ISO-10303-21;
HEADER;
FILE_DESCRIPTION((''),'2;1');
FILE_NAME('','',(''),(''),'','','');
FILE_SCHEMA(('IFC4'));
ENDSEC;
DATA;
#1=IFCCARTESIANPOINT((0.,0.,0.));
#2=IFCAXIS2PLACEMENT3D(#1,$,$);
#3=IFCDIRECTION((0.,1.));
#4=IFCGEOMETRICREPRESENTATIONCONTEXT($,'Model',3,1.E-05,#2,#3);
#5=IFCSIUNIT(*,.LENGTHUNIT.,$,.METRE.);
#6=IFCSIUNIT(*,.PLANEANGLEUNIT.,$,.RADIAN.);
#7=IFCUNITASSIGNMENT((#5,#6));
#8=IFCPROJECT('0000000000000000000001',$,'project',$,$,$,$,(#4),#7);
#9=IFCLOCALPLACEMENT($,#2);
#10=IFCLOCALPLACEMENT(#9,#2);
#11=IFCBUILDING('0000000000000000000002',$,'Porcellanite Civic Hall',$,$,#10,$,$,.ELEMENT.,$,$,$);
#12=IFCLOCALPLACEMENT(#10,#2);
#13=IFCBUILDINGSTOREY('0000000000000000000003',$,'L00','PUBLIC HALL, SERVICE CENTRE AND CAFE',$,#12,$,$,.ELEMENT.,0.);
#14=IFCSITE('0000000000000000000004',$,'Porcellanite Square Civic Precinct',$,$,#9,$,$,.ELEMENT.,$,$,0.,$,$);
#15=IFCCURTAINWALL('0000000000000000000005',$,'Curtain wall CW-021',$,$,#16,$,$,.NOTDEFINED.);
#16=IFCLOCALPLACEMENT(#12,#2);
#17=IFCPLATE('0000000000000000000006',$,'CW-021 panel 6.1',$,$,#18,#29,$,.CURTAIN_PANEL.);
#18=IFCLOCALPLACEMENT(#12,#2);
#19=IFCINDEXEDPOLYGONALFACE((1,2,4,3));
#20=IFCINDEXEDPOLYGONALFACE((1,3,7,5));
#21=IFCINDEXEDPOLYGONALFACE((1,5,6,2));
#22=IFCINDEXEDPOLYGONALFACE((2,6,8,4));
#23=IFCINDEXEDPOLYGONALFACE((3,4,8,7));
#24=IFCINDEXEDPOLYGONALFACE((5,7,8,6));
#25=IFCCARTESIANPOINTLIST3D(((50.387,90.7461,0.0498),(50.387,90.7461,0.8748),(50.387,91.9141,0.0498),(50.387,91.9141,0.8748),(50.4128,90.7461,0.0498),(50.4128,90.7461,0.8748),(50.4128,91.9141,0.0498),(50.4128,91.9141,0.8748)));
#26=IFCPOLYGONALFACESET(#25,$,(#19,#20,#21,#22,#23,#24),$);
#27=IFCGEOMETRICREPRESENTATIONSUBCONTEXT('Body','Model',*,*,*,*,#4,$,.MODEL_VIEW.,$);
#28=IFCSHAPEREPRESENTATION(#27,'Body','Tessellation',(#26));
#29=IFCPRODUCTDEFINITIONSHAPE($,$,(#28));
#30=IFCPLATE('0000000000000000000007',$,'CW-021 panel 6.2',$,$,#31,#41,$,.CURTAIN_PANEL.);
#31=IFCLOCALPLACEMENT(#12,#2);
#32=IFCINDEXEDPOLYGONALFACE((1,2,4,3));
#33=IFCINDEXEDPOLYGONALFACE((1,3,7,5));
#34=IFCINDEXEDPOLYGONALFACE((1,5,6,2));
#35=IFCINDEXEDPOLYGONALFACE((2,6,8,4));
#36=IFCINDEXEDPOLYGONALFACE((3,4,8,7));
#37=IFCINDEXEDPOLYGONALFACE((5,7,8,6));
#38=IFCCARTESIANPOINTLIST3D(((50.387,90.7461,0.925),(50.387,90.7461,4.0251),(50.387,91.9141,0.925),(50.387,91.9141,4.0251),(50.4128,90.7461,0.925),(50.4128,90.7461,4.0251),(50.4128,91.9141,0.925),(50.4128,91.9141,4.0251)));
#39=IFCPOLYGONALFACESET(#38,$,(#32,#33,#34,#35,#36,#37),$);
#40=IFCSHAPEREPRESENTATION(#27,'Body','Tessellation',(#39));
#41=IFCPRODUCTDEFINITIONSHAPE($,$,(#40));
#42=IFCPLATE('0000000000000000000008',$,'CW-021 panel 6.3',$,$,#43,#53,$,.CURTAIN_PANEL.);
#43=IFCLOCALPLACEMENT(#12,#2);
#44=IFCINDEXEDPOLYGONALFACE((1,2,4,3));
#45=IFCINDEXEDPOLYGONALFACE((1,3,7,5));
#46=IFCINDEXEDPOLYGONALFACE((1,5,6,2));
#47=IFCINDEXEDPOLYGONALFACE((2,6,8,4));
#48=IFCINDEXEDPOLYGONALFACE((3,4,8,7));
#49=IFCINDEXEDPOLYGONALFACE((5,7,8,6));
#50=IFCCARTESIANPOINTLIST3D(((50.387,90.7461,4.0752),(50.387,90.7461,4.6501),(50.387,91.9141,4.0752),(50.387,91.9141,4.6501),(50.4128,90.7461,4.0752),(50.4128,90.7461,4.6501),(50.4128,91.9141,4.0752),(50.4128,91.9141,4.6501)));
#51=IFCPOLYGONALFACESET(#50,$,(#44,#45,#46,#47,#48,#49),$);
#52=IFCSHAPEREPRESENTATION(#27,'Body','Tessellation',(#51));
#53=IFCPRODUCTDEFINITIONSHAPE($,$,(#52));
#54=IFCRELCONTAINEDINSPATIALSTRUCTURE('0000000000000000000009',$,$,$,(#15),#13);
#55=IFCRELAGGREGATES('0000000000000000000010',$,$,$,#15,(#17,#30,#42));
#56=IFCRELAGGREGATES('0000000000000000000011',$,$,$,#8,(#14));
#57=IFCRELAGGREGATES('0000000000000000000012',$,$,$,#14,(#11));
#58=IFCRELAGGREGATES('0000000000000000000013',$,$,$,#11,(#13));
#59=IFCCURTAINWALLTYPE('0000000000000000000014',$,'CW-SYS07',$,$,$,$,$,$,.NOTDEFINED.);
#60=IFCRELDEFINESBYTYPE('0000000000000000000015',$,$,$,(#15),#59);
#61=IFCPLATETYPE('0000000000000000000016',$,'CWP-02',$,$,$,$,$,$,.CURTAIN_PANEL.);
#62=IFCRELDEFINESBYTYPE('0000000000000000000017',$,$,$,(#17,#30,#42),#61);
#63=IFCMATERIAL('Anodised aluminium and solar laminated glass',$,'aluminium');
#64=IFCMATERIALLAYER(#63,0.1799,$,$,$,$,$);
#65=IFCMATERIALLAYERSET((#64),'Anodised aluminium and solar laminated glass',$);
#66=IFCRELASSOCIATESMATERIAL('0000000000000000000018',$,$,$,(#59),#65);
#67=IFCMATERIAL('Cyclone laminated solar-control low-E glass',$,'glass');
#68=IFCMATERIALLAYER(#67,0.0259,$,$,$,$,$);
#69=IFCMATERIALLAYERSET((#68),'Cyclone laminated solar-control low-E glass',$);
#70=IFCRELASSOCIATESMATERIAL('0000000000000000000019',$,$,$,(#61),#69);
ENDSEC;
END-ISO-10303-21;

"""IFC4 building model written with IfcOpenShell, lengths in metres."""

from ifc_helpers import new_model, si_unit, direction, frame, origin, origin_2d, place, context, subcontext, project, spatial, rectangle, extrude, material, layer, layer_set, type_object, element, aggregate, save


model = new_model("IFC4")

# Units and contexts
model_context = context("Model", 3, precision=1e-05, world=origin(), true_north=direction((0.0, 1.0)))
body_context = subcontext(model_context, "Body", "Model", "MODEL_VIEW")
ifc_project = project(units=[si_unit("LENGTHUNIT", "METRE"), si_unit("PLANEANGLEUNIT", "RADIAN")], contexts=[model_context])

# Site, building, storey
site_placement = place(None, origin())
site = spatial("IfcSite", under=ifc_project, at=site_placement, Name="Porcellanite Square Civic Precinct", CompositionType="ELEMENT", RefElevation=0.0)
building_placement = place(site_placement, origin())
building = spatial("IfcBuilding", under=site, at=building_placement, Name="Porcellanite Civic Hall", CompositionType="ELEMENT")
storey_placement = place(building_placement, origin())
storey = spatial("IfcBuildingStorey", under=building, at=storey_placement, Name="L00", Description="PUBLIC HALL, SERVICE CENTRE AND CAFE", CompositionType="ELEMENT", Elevation=0.0)

# Curtain wall
ifc_material_1 = material(Name="Anodised aluminium and solar laminated glass", Category="aluminium")
ifc_layer_1 = layer(ifc_material_1, 0.1799)
ifc_layer_set_1 = layer_set([ifc_layer_1], Name="Anodised aluminium and solar laminated glass")
curtain_wall_type_1 = type_object("IfcCurtainWallType", Name="CW-SYS07", PredefinedType="NOTDEFINED", material=ifc_layer_set_1)
curtain_wall_1_placement = place(storey_placement, origin())
curtain_wall_1 = element("IfcCurtainWall", 1, at=curtain_wall_1_placement, inside=storey, type_object=curtain_wall_type_1, Name="Curtain wall CW-021", PredefinedType="NOTDEFINED")

# Plates
ifc_material_2 = material(Name="Cyclone laminated solar-control low-E glass", Category="glass")
ifc_layer_2 = layer(ifc_material_2, 0.0259)
ifc_layer_set_2 = layer_set([ifc_layer_2], Name="Cyclone laminated solar-control low-E glass")
plate_type = type_object("IfcPlateType", Name="CWP-02", PredefinedType="CURTAIN_PANEL", material=ifc_layer_set_2)
plate_1_placement = place(storey_placement, frame((50.3999, 91.3301, 0.0498), z_axis=(0.0, 0.0, 1.0), x_axis=(0.0, 1.0, 0.0)))
plate_1 = element("IfcPlate", 2, at=plate_1_placement, type_object=plate_type, Name="CW-021 panel 6.1", PredefinedType="CURTAIN_PANEL", context=body_context, shape_type="SweptSolid", body=[
    extrude(rectangle(XDim=1.168, YDim=0.0259, at=origin_2d()), origin(), (0.0, 0.0, 1.0), 0.825),
])
plate_2_placement = place(storey_placement, frame((50.3999, 91.3301, 0.925), z_axis=(0.0, 0.0, 1.0), x_axis=(0.0, 1.0, 0.0)))
plate_2 = element("IfcPlate", 3, at=plate_2_placement, type_object=plate_type, Name="CW-021 panel 6.2", PredefinedType="CURTAIN_PANEL", context=body_context, shape_type="SweptSolid", body=[
    extrude(rectangle(XDim=1.168, YDim=0.0259, at=origin_2d()), origin(), (0.0, 0.0, 1.0), 3.1001),
])
plate_3_placement = place(storey_placement, frame((50.3999, 91.3301, 4.0752), z_axis=(0.0, 0.0, 1.0), x_axis=(0.0, 1.0, 0.0)))
plate_3 = element("IfcPlate", 4, at=plate_3_placement, type_object=plate_type, Name="CW-021 panel 6.3", PredefinedType="CURTAIN_PANEL", context=body_context, shape_type="SweptSolid", body=[
    extrude(rectangle(XDim=1.168, YDim=0.0259, at=origin_2d()), origin(), (0.0, 0.0, 1.0), 0.575),
])
aggregate(curtain_wall_1, [plate_1, plate_2, plate_3])

save(model, "model.ifc")
